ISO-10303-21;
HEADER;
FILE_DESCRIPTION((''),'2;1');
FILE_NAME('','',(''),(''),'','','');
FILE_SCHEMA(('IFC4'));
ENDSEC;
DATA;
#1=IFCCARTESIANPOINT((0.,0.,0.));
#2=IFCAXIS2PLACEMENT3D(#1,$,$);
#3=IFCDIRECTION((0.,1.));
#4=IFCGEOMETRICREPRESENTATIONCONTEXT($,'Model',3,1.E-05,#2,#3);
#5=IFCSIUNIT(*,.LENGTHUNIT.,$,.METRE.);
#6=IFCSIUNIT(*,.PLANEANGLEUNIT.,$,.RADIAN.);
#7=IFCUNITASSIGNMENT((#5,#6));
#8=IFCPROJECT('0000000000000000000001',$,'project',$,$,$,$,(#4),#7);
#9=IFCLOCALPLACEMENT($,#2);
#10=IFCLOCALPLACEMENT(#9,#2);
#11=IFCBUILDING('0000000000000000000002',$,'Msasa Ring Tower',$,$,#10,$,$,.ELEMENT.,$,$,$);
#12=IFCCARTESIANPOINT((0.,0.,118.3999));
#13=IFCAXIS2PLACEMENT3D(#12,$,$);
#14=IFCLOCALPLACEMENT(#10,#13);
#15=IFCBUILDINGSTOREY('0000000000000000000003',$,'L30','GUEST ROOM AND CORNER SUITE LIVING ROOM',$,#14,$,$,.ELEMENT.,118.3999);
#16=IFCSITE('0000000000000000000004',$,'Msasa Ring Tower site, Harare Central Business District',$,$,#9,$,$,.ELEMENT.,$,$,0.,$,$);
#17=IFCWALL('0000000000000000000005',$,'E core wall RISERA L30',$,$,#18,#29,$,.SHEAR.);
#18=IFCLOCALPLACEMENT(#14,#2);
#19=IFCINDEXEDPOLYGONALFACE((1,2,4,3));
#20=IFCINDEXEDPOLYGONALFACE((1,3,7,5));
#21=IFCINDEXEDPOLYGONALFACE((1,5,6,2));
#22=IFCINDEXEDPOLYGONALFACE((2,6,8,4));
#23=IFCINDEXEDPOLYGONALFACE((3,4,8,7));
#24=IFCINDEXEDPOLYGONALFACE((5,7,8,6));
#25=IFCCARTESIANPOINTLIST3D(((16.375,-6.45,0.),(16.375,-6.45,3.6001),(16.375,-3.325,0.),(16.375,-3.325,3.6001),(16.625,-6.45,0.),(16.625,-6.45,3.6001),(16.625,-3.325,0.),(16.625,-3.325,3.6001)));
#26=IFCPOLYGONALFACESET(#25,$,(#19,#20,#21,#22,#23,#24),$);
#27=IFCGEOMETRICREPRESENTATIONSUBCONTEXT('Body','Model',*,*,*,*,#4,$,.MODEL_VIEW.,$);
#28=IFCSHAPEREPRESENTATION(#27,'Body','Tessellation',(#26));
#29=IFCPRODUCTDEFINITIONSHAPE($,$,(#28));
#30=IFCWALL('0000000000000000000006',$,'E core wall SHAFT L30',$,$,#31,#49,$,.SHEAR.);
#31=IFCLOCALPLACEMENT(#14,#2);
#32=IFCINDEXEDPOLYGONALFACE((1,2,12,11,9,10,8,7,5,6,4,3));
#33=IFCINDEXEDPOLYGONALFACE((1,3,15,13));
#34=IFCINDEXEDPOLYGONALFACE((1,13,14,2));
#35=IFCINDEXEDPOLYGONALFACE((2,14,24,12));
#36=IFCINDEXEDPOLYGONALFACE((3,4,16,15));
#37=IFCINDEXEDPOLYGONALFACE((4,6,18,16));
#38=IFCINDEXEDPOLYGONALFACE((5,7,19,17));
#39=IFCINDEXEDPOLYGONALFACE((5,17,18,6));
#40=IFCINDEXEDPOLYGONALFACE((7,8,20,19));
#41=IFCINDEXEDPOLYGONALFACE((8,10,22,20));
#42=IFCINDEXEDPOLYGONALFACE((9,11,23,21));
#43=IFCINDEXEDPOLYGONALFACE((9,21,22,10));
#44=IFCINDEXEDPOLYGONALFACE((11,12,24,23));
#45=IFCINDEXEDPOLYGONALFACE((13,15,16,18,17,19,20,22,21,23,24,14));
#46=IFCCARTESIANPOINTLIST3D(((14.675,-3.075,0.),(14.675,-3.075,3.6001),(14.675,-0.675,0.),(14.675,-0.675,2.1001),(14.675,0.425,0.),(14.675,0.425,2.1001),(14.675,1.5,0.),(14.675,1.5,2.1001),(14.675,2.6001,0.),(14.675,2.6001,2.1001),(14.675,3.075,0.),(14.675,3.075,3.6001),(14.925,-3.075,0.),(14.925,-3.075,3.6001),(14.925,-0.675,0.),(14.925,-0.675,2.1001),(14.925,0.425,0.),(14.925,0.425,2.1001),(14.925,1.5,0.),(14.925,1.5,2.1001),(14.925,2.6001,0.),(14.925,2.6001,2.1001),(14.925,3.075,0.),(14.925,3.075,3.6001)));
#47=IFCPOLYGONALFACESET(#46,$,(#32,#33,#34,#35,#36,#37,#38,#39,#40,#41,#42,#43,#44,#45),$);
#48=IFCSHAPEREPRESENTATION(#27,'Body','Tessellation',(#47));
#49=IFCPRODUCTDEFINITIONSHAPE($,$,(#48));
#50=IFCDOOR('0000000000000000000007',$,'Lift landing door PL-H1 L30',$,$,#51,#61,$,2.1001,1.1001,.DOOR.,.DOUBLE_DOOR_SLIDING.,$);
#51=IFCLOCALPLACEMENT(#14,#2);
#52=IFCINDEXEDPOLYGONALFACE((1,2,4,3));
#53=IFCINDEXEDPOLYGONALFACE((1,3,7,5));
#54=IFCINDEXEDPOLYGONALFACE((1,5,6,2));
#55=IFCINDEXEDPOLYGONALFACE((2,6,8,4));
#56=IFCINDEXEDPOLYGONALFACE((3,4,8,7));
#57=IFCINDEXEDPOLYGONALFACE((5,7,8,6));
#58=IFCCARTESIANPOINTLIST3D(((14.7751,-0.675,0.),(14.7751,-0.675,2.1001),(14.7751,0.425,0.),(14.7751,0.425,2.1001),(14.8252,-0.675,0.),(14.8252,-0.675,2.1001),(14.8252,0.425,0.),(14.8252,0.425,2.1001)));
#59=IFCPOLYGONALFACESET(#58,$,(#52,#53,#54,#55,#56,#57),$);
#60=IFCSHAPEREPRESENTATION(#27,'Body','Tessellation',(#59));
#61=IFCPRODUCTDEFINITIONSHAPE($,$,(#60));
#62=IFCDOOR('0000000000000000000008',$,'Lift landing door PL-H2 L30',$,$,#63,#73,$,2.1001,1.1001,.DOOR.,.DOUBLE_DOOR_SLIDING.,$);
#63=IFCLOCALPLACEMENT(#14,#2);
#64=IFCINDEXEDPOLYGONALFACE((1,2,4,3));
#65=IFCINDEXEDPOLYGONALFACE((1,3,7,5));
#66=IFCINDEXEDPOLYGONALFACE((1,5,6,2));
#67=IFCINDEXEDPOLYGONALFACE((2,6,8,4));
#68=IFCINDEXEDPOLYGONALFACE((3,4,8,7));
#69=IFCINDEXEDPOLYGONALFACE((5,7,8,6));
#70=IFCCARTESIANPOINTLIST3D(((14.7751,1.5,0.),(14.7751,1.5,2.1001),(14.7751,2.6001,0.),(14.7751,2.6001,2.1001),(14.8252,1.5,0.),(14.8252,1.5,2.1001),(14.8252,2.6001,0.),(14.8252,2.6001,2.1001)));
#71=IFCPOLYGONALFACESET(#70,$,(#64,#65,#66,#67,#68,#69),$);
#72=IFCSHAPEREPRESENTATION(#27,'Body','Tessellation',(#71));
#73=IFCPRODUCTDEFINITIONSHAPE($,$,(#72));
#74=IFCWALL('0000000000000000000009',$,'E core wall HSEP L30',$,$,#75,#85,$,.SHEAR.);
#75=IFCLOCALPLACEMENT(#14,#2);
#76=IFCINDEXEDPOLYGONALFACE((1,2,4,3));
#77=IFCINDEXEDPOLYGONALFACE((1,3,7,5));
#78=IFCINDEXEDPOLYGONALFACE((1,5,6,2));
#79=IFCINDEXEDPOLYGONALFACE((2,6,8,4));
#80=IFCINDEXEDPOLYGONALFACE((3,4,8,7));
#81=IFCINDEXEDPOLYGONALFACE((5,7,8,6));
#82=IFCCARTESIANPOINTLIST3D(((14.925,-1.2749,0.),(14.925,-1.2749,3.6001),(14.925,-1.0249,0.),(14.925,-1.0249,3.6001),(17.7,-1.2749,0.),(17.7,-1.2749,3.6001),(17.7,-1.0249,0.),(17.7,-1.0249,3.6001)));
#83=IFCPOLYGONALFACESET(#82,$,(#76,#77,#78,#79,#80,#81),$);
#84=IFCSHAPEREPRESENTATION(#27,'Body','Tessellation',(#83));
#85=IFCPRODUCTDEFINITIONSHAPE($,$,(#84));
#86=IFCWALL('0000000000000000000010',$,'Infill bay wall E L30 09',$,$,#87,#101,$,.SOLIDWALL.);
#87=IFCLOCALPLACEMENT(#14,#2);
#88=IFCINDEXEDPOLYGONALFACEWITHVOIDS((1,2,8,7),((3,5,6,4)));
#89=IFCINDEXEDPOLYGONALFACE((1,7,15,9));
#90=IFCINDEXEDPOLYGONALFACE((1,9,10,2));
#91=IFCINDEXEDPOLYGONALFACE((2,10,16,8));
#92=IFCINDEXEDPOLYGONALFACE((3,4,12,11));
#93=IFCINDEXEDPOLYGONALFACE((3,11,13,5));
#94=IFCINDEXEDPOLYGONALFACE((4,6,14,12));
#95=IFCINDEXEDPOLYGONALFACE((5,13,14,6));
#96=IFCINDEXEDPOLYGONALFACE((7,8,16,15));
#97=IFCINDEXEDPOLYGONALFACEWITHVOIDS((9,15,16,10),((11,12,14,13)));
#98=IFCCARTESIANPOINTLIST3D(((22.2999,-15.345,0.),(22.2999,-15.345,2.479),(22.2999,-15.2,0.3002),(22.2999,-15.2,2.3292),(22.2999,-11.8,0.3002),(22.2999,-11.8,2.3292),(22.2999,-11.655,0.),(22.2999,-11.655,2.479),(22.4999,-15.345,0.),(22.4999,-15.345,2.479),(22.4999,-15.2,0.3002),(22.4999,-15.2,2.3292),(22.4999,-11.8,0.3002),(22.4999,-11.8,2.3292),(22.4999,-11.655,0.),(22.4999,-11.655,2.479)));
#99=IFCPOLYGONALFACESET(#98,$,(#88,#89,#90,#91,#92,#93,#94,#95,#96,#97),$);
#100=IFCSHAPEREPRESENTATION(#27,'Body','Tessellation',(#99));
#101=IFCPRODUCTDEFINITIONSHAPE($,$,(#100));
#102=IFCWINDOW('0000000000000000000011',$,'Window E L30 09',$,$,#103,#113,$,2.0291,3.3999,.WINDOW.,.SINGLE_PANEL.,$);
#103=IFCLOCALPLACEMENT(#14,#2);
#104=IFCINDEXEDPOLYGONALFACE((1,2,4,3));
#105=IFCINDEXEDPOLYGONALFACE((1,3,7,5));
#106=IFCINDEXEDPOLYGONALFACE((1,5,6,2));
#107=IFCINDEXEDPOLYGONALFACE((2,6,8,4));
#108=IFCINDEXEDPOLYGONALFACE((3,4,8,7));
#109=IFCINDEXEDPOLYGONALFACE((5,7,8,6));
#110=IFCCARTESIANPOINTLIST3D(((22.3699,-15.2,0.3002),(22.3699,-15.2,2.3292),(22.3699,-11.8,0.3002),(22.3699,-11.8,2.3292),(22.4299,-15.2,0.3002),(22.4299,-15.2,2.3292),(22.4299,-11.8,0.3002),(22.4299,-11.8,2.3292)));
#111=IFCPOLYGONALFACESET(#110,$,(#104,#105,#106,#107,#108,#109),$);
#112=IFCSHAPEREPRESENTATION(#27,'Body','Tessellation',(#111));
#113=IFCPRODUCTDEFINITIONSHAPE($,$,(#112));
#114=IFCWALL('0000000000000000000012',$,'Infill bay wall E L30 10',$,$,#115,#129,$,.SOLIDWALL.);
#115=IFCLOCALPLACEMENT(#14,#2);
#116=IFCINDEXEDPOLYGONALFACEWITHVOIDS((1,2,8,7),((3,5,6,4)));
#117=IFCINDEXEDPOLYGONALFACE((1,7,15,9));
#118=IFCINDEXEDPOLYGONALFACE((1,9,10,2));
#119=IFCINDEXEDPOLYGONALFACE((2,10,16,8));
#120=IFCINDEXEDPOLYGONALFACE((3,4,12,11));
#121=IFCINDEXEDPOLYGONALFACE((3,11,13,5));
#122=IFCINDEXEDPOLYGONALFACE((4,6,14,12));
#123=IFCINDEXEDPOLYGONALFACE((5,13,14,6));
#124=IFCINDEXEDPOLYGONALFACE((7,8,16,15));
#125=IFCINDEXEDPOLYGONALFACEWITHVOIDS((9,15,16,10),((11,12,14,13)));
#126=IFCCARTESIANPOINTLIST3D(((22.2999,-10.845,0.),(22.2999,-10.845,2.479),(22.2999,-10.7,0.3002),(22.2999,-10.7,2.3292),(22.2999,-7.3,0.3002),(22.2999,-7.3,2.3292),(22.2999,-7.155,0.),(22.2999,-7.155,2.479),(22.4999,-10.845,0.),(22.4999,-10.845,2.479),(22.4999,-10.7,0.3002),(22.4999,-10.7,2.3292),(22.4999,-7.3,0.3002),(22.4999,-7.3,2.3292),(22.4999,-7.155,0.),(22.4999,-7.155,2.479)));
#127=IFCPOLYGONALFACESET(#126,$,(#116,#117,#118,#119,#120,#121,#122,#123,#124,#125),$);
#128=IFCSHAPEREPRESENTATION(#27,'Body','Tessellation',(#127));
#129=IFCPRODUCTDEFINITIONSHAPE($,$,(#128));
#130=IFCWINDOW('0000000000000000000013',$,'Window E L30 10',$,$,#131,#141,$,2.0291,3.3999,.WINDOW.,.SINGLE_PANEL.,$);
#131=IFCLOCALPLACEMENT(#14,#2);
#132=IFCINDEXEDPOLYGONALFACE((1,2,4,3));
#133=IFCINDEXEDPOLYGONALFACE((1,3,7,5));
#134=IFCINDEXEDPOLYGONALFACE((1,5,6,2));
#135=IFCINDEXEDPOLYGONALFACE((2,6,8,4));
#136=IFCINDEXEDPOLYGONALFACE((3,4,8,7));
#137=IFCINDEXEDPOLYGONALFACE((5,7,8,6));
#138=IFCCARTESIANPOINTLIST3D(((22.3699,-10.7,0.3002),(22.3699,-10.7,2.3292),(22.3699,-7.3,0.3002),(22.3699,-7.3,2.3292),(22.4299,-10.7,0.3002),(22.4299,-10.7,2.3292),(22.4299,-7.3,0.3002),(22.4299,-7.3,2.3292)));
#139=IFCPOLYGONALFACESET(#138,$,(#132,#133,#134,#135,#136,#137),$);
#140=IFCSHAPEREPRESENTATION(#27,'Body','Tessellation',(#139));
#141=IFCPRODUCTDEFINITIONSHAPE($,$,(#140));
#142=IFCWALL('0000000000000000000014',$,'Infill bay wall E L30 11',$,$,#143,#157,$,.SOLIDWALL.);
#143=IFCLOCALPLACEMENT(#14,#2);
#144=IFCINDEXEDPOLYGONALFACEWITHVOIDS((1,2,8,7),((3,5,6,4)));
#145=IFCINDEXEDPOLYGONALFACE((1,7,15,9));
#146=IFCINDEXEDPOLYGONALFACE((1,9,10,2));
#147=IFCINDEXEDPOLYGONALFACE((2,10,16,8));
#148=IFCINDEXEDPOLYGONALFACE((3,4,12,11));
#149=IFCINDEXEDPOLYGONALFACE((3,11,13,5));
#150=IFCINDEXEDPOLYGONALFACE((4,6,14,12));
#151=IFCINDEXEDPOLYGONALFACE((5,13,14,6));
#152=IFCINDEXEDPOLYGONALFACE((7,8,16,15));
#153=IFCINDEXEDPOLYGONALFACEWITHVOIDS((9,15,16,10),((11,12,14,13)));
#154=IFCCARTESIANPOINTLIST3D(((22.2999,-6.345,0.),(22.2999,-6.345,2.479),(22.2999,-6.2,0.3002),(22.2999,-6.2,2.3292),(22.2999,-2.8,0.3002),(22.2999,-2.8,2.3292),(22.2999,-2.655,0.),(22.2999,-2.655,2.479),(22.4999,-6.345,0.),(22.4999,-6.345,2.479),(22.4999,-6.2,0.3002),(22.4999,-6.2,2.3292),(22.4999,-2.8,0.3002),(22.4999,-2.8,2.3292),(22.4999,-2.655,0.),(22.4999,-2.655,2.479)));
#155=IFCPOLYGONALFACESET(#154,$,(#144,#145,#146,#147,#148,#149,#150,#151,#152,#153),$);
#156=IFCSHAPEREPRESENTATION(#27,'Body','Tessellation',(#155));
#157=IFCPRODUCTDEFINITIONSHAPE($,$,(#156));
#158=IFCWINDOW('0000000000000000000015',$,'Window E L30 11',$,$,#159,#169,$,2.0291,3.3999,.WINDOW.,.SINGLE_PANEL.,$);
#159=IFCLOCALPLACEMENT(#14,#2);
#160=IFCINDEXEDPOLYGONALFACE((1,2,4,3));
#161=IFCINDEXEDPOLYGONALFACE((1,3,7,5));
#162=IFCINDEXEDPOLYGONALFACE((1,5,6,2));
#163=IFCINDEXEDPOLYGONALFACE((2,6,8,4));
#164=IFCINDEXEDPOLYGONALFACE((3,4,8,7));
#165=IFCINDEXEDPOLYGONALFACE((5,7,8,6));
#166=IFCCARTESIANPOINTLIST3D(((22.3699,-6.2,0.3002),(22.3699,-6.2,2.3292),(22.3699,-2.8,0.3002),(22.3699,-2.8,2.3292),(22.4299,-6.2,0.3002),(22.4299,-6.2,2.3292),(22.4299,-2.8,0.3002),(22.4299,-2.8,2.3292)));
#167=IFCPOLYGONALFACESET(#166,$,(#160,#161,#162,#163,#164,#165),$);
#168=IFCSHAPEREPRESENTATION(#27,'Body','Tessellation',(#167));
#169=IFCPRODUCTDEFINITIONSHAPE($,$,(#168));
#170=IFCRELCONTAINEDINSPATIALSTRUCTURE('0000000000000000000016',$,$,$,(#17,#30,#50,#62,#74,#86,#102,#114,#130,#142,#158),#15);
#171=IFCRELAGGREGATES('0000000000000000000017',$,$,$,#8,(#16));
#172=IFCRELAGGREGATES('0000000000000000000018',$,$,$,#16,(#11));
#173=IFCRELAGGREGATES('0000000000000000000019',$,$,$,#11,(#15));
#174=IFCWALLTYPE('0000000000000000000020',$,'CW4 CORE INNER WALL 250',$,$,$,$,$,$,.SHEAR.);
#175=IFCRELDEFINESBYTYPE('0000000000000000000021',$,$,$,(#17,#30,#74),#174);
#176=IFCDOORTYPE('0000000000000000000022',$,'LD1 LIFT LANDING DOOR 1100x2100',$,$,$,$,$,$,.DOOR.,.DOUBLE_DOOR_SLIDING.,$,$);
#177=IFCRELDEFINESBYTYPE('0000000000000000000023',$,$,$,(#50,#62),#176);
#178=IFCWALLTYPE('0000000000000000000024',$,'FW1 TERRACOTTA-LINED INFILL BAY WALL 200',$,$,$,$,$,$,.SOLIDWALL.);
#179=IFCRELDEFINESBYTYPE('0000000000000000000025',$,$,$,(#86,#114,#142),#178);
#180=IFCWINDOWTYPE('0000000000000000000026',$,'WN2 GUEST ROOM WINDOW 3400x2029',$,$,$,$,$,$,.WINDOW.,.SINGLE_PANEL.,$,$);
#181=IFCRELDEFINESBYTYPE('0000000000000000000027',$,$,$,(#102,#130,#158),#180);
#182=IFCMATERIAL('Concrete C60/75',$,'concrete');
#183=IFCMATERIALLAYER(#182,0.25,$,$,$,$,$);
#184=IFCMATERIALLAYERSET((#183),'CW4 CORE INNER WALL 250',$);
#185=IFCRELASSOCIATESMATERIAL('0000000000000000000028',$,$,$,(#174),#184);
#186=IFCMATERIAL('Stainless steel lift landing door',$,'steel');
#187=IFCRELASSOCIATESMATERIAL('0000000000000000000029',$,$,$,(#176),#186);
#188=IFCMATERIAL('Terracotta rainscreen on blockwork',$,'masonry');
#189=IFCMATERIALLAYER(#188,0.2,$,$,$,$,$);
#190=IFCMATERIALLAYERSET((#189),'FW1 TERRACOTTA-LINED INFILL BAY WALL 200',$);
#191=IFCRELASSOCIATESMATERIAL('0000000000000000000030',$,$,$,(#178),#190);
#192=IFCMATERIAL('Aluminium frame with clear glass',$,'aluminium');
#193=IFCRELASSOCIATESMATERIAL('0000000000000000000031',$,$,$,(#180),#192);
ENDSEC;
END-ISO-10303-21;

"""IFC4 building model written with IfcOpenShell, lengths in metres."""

from ifc_helpers import new_model, si_unit, direction, frame, frame_2d, origin, place, context, subcontext, project, spatial, rectangle, extrude, material, layer, layer_set, type_object, element, fill, save


model = new_model("IFC4")

# Units and contexts
model_context = context("Model", 3, precision=1e-05, world=origin(), true_north=direction((0.0, 1.0)))
body_context = subcontext(model_context, "Body", "Model", "MODEL_VIEW")
ifc_project = project(units=[si_unit("LENGTHUNIT", "METRE"), si_unit("PLANEANGLEUNIT", "RADIAN")], contexts=[model_context])

# Site, building, storey
site_placement = place(None, origin())
site = spatial("IfcSite", under=ifc_project, at=site_placement, Name="Msasa Ring Tower site, Harare Central Business District", CompositionType="ELEMENT", RefElevation=0.0)
building_placement = place(site_placement, origin())
building = spatial("IfcBuilding", under=site, at=building_placement, Name="Msasa Ring Tower", CompositionType="ELEMENT")
storey_placement = place(building_placement, frame((0.0, 0.0, 118.3999)))
storey = spatial("IfcBuildingStorey", under=building, at=storey_placement, Name="L30", Description="GUEST ROOM AND CORNER SUITE LIVING ROOM", CompositionType="ELEMENT", Elevation=118.3999)

# Wall
ifc_material_1 = material(Name="Concrete C60/75", Category="concrete")
ifc_layer_1 = layer(ifc_material_1, 0.25)
ifc_layer_set_1 = layer_set([ifc_layer_1], Name="CW4 CORE INNER WALL 250")
wall_type_1 = type_object("IfcWallType", Name="CW4 CORE INNER WALL 250", PredefinedType="SHEAR", material=ifc_layer_set_1)
wall_1_placement = place(storey_placement, frame((16.5, -6.45, 0.0), z_axis=(0.0, 0.0, 1.0), x_axis=(0.0, 1.0, 0.0)))
element("IfcWall", 1, at=wall_1_placement, inside=storey, type_object=wall_type_1, Name="E core wall RISERA L30", PredefinedType="SHEAR", context=body_context, shape_type="SweptSolid", body=[
    extrude(rectangle(XDim=3.125, YDim=0.25, at=frame_2d((1.5625, 0.0))), origin(), (0.0, 0.0, 1.0), 3.6001),
])

# Wall, openings, doors
wall_2_placement = place(storey_placement, frame((14.8, -3.075, 0.0), z_axis=(0.0, 0.0, 1.0), x_axis=(0.0, 1.0, 0.0)))
wall_2 = element("IfcWall", 2, at=wall_2_placement, inside=storey, type_object=wall_type_1, Name="E core wall SHAFT L30", PredefinedType="SHEAR", context=body_context, shape_type="SweptSolid", body=[
    extrude(rectangle(XDim=6.1499, YDim=0.25, at=frame_2d((3.075, 0.0))), origin(), (0.0, 0.0, 1.0), 3.6001),
])
opening_1_placement = place(wall_2_placement, frame((2.3999, 0.0, 0.0)))
opening_1 = element("IfcOpeningElement", 3, at=opening_1_placement, cuts=wall_2, PredefinedType="OPENING", context=body_context, shape_type="SweptSolid", body=[
    extrude(rectangle(XDim=1.1001, YDim=2.1001, at=frame_2d((0.55, 1.05))), frame((0.0, 0.135, 0.0), z_axis=(0.0, -1.0, 0.0), x_axis=(1.0, 0.0, 0.0)), (0.0, 0.0, 1.0), 0.27),
])
opening_2_placement = place(wall_2_placement, frame((4.575, 0.0, 0.0)))
opening_2 = element("IfcOpeningElement", 4, at=opening_2_placement, cuts=wall_2, PredefinedType="OPENING", context=body_context, shape_type="SweptSolid", body=[
    extrude(rectangle(XDim=1.1001, YDim=2.1001, at=frame_2d((0.55, 1.05))), frame((0.0, 0.135, 0.0), z_axis=(0.0, -1.0, 0.0), x_axis=(1.0, 0.0, 0.0)), (0.0, 0.0, 1.0), 0.27),
])
ifc_material_2 = material(Name="Stainless steel lift landing door", Category="steel")
door_type_1 = type_object("IfcDoorType", Name="LD1 LIFT LANDING DOOR 1100x2100", OperationType="DOUBLE_DOOR_SLIDING", PredefinedType="DOOR", material=ifc_material_2)
door_1_placement = place(opening_1_placement, origin())
door_1 = element("IfcDoor", 5, at=door_1_placement, inside=storey, type_object=door_type_1, Name="Lift landing door PL-H1 L30", OperationType="DOUBLE_DOOR_SLIDING", OverallHeight=2.1001, OverallWidth=1.1001, PredefinedType="DOOR", context=body_context, shape_type="SweptSolid", body=[
    extrude(rectangle(XDim=1.1001, YDim=2.1001, at=frame_2d((0.55, 1.05))), frame((0.0, 0.0249, 0.0), z_axis=(0.0, -1.0, 0.0), x_axis=(1.0, 0.0, 0.0)), (0.0, 0.0, 1.0), 0.05),
])
fill(opening_1, door_1)
door_2_placement = place(opening_2_placement, origin())
door_2 = element("IfcDoor", 6, at=door_2_placement, inside=storey, type_object=door_type_1, Name="Lift landing door PL-H2 L30", OperationType="DOUBLE_DOOR_SLIDING", OverallHeight=2.1001, OverallWidth=1.1001, PredefinedType="DOOR", context=body_context, shape_type="SweptSolid", body=[
    extrude(rectangle(XDim=1.1001, YDim=2.1001, at=frame_2d((0.55, 1.05))), frame((0.0, 0.0249, 0.0), z_axis=(0.0, -1.0, 0.0), x_axis=(1.0, 0.0, 0.0)), (0.0, 0.0, 1.0), 0.05),
])
fill(opening_2, door_2)

# Wall
wall_3_placement = place(storey_placement, frame((14.925, -1.1499, 0.0), z_axis=(0.0, 0.0, 1.0), x_axis=(1.0, 0.0, 0.0)))
element("IfcWall", 7, at=wall_3_placement, inside=storey, type_object=wall_type_1, Name="E core wall HSEP L30", PredefinedType="SHEAR", context=body_context, shape_type="SweptSolid", body=[
    extrude(rectangle(XDim=2.7749, YDim=0.25, at=frame_2d((1.3875, 0.0))), origin(), (0.0, 0.0, 1.0), 3.6001),
])

# Walls, openings, windows
ifc_material_3 = material(Name="Terracotta rainscreen on blockwork", Category="masonry")
ifc_layer_2 = layer(ifc_material_3, 0.2)
ifc_layer_set_2 = layer_set([ifc_layer_2], Name="FW1 TERRACOTTA-LINED INFILL BAY WALL 200")
wall_type_2 = type_object("IfcWallType", Name="FW1 TERRACOTTA-LINED INFILL BAY WALL 200", PredefinedType="SOLIDWALL", material=ifc_layer_set_2)
wall_4_placement = place(storey_placement, frame((22.3999, -15.345, 0.0), z_axis=(0.0, 0.0, 1.0), x_axis=(0.0, 1.0, 0.0)))
wall_4 = element("IfcWall", 8, at=wall_4_placement, inside=storey, type_object=wall_type_2, Name="Infill bay wall E L30 09", PredefinedType="SOLIDWALL", context=body_context, shape_type="SweptSolid", body=[
    extrude(rectangle(XDim=3.6899, YDim=0.2, at=frame_2d((1.845, 0.0))), origin(), (0.0, 0.0, 1.0), 2.479),
])
opening_3_placement = place(wall_4_placement, frame((0.145, 0.0, 0.3)))
opening_3 = element("IfcOpeningElement", 9, at=opening_3_placement, cuts=wall_4, PredefinedType="OPENING", context=body_context, shape_type="SweptSolid", body=[
    extrude(rectangle(XDim=3.3999, YDim=2.0291, at=frame_2d((1.7, 1.0146))), frame((0.0, 0.1099, 0.0), z_axis=(0.0, -1.0, 0.0), x_axis=(1.0, 0.0, 0.0)), (0.0, 0.0, 1.0), 0.22),
])
ifc_material_4 = material(Name="Aluminium frame with clear glass", Category="aluminium")
window_type = type_object("IfcWindowType", Name="WN2 GUEST ROOM WINDOW 3400x2029", PartitioningType="SINGLE_PANEL", PredefinedType="WINDOW", material=ifc_material_4)
window_1_placement = place(opening_3_placement, origin())
window_1 = element("IfcWindow", 10, at=window_1_placement, inside=storey, type_object=window_type, Name="Window E L30 09", OverallHeight=2.0291, OverallWidth=3.3999, PartitioningType="SINGLE_PANEL", PredefinedType="WINDOW", context=body_context, shape_type="SweptSolid", body=[
    extrude(rectangle(XDim=3.3999, YDim=2.0291, at=frame_2d((1.7, 1.0146))), frame((0.0, 0.03, 0.0), z_axis=(0.0, -1.0, 0.0), x_axis=(1.0, 0.0, 0.0)), (0.0, 0.0, 1.0), 0.0601),
])
fill(opening_3, window_1)
wall_5_placement = place(storey_placement, frame((22.3999, -10.845, 0.0), z_axis=(0.0, 0.0, 1.0), x_axis=(0.0, 1.0, 0.0)))
wall_5 = element("IfcWall", 11, at=wall_5_placement, inside=storey, type_object=wall_type_2, Name="Infill bay wall E L30 10", PredefinedType="SOLIDWALL", context=body_context, shape_type="SweptSolid", body=[
    extrude(rectangle(XDim=3.6899, YDim=0.2, at=frame_2d((1.845, 0.0))), origin(), (0.0, 0.0, 1.0), 2.479),
])
opening_4_placement = place(wall_5_placement, frame((0.145, 0.0, 0.3)))
opening_4 = element("IfcOpeningElement", 12, at=opening_4_placement, cuts=wall_5, PredefinedType="OPENING", context=body_context, shape_type="SweptSolid", body=[
    extrude(rectangle(XDim=3.3999, YDim=2.0291, at=frame_2d((1.7, 1.0146))), frame((0.0, 0.1099, 0.0), z_axis=(0.0, -1.0, 0.0), x_axis=(1.0, 0.0, 0.0)), (0.0, 0.0, 1.0), 0.22),
])
window_2_placement = place(opening_4_placement, origin())
window_2 = element("IfcWindow", 13, at=window_2_placement, inside=storey, type_object=window_type, Name="Window E L30 10", OverallHeight=2.0291, OverallWidth=3.3999, PartitioningType="SINGLE_PANEL", PredefinedType="WINDOW", context=body_context, shape_type="SweptSolid", body=[
    extrude(rectangle(XDim=3.3999, YDim=2.0291, at=frame_2d((1.7, 1.0146))), frame((0.0, 0.03, 0.0), z_axis=(0.0, -1.0, 0.0), x_axis=(1.0, 0.0, 0.0)), (0.0, 0.0, 1.0), 0.0601),
])
fill(opening_4, window_2)
wall_6_placement = place(storey_placement, frame((22.3999, -6.345, 0.0), z_axis=(0.0, 0.0, 1.0), x_axis=(0.0, 1.0, 0.0)))
wall_6 = element("IfcWall", 14, at=wall_6_placement, inside=storey, type_object=wall_type_2, Name="Infill bay wall E L30 11", PredefinedType="SOLIDWALL", context=body_context, shape_type="SweptSolid", body=[
    extrude(rectangle(XDim=3.6899, YDim=0.2, at=frame_2d((1.845, 0.0))), origin(), (0.0, 0.0, 1.0), 2.479),
])
opening_5_placement = place(wall_6_placement, frame((0.145, 0.0, 0.3)))
opening_5 = element("IfcOpeningElement", 15, at=opening_5_placement, cuts=wall_6, PredefinedType="OPENING", context=body_context, shape_type="SweptSolid", body=[
    extrude(rectangle(XDim=3.3999, YDim=2.0291, at=frame_2d((1.7, 1.0146))), frame((0.0, 0.1099, 0.0), z_axis=(0.0, -1.0, 0.0), x_axis=(1.0, 0.0, 0.0)), (0.0, 0.0, 1.0), 0.22),
])
window_3_placement = place(opening_5_placement, origin())
window_3 = element("IfcWindow", 16, at=window_3_placement, inside=storey, type_object=window_type, Name="Window E L30 11", OverallHeight=2.0291, OverallWidth=3.3999, PartitioningType="SINGLE_PANEL", PredefinedType="WINDOW", context=body_context, shape_type="SweptSolid", body=[
    extrude(rectangle(XDim=3.3999, YDim=2.0291, at=frame_2d((1.7, 1.0146))), frame((0.0, 0.03, 0.0), z_axis=(0.0, -1.0, 0.0), x_axis=(1.0, 0.0, 0.0)), (0.0, 0.0, 1.0), 0.0601),
])
fill(opening_5, window_3)

save(model, "model.ifc")
